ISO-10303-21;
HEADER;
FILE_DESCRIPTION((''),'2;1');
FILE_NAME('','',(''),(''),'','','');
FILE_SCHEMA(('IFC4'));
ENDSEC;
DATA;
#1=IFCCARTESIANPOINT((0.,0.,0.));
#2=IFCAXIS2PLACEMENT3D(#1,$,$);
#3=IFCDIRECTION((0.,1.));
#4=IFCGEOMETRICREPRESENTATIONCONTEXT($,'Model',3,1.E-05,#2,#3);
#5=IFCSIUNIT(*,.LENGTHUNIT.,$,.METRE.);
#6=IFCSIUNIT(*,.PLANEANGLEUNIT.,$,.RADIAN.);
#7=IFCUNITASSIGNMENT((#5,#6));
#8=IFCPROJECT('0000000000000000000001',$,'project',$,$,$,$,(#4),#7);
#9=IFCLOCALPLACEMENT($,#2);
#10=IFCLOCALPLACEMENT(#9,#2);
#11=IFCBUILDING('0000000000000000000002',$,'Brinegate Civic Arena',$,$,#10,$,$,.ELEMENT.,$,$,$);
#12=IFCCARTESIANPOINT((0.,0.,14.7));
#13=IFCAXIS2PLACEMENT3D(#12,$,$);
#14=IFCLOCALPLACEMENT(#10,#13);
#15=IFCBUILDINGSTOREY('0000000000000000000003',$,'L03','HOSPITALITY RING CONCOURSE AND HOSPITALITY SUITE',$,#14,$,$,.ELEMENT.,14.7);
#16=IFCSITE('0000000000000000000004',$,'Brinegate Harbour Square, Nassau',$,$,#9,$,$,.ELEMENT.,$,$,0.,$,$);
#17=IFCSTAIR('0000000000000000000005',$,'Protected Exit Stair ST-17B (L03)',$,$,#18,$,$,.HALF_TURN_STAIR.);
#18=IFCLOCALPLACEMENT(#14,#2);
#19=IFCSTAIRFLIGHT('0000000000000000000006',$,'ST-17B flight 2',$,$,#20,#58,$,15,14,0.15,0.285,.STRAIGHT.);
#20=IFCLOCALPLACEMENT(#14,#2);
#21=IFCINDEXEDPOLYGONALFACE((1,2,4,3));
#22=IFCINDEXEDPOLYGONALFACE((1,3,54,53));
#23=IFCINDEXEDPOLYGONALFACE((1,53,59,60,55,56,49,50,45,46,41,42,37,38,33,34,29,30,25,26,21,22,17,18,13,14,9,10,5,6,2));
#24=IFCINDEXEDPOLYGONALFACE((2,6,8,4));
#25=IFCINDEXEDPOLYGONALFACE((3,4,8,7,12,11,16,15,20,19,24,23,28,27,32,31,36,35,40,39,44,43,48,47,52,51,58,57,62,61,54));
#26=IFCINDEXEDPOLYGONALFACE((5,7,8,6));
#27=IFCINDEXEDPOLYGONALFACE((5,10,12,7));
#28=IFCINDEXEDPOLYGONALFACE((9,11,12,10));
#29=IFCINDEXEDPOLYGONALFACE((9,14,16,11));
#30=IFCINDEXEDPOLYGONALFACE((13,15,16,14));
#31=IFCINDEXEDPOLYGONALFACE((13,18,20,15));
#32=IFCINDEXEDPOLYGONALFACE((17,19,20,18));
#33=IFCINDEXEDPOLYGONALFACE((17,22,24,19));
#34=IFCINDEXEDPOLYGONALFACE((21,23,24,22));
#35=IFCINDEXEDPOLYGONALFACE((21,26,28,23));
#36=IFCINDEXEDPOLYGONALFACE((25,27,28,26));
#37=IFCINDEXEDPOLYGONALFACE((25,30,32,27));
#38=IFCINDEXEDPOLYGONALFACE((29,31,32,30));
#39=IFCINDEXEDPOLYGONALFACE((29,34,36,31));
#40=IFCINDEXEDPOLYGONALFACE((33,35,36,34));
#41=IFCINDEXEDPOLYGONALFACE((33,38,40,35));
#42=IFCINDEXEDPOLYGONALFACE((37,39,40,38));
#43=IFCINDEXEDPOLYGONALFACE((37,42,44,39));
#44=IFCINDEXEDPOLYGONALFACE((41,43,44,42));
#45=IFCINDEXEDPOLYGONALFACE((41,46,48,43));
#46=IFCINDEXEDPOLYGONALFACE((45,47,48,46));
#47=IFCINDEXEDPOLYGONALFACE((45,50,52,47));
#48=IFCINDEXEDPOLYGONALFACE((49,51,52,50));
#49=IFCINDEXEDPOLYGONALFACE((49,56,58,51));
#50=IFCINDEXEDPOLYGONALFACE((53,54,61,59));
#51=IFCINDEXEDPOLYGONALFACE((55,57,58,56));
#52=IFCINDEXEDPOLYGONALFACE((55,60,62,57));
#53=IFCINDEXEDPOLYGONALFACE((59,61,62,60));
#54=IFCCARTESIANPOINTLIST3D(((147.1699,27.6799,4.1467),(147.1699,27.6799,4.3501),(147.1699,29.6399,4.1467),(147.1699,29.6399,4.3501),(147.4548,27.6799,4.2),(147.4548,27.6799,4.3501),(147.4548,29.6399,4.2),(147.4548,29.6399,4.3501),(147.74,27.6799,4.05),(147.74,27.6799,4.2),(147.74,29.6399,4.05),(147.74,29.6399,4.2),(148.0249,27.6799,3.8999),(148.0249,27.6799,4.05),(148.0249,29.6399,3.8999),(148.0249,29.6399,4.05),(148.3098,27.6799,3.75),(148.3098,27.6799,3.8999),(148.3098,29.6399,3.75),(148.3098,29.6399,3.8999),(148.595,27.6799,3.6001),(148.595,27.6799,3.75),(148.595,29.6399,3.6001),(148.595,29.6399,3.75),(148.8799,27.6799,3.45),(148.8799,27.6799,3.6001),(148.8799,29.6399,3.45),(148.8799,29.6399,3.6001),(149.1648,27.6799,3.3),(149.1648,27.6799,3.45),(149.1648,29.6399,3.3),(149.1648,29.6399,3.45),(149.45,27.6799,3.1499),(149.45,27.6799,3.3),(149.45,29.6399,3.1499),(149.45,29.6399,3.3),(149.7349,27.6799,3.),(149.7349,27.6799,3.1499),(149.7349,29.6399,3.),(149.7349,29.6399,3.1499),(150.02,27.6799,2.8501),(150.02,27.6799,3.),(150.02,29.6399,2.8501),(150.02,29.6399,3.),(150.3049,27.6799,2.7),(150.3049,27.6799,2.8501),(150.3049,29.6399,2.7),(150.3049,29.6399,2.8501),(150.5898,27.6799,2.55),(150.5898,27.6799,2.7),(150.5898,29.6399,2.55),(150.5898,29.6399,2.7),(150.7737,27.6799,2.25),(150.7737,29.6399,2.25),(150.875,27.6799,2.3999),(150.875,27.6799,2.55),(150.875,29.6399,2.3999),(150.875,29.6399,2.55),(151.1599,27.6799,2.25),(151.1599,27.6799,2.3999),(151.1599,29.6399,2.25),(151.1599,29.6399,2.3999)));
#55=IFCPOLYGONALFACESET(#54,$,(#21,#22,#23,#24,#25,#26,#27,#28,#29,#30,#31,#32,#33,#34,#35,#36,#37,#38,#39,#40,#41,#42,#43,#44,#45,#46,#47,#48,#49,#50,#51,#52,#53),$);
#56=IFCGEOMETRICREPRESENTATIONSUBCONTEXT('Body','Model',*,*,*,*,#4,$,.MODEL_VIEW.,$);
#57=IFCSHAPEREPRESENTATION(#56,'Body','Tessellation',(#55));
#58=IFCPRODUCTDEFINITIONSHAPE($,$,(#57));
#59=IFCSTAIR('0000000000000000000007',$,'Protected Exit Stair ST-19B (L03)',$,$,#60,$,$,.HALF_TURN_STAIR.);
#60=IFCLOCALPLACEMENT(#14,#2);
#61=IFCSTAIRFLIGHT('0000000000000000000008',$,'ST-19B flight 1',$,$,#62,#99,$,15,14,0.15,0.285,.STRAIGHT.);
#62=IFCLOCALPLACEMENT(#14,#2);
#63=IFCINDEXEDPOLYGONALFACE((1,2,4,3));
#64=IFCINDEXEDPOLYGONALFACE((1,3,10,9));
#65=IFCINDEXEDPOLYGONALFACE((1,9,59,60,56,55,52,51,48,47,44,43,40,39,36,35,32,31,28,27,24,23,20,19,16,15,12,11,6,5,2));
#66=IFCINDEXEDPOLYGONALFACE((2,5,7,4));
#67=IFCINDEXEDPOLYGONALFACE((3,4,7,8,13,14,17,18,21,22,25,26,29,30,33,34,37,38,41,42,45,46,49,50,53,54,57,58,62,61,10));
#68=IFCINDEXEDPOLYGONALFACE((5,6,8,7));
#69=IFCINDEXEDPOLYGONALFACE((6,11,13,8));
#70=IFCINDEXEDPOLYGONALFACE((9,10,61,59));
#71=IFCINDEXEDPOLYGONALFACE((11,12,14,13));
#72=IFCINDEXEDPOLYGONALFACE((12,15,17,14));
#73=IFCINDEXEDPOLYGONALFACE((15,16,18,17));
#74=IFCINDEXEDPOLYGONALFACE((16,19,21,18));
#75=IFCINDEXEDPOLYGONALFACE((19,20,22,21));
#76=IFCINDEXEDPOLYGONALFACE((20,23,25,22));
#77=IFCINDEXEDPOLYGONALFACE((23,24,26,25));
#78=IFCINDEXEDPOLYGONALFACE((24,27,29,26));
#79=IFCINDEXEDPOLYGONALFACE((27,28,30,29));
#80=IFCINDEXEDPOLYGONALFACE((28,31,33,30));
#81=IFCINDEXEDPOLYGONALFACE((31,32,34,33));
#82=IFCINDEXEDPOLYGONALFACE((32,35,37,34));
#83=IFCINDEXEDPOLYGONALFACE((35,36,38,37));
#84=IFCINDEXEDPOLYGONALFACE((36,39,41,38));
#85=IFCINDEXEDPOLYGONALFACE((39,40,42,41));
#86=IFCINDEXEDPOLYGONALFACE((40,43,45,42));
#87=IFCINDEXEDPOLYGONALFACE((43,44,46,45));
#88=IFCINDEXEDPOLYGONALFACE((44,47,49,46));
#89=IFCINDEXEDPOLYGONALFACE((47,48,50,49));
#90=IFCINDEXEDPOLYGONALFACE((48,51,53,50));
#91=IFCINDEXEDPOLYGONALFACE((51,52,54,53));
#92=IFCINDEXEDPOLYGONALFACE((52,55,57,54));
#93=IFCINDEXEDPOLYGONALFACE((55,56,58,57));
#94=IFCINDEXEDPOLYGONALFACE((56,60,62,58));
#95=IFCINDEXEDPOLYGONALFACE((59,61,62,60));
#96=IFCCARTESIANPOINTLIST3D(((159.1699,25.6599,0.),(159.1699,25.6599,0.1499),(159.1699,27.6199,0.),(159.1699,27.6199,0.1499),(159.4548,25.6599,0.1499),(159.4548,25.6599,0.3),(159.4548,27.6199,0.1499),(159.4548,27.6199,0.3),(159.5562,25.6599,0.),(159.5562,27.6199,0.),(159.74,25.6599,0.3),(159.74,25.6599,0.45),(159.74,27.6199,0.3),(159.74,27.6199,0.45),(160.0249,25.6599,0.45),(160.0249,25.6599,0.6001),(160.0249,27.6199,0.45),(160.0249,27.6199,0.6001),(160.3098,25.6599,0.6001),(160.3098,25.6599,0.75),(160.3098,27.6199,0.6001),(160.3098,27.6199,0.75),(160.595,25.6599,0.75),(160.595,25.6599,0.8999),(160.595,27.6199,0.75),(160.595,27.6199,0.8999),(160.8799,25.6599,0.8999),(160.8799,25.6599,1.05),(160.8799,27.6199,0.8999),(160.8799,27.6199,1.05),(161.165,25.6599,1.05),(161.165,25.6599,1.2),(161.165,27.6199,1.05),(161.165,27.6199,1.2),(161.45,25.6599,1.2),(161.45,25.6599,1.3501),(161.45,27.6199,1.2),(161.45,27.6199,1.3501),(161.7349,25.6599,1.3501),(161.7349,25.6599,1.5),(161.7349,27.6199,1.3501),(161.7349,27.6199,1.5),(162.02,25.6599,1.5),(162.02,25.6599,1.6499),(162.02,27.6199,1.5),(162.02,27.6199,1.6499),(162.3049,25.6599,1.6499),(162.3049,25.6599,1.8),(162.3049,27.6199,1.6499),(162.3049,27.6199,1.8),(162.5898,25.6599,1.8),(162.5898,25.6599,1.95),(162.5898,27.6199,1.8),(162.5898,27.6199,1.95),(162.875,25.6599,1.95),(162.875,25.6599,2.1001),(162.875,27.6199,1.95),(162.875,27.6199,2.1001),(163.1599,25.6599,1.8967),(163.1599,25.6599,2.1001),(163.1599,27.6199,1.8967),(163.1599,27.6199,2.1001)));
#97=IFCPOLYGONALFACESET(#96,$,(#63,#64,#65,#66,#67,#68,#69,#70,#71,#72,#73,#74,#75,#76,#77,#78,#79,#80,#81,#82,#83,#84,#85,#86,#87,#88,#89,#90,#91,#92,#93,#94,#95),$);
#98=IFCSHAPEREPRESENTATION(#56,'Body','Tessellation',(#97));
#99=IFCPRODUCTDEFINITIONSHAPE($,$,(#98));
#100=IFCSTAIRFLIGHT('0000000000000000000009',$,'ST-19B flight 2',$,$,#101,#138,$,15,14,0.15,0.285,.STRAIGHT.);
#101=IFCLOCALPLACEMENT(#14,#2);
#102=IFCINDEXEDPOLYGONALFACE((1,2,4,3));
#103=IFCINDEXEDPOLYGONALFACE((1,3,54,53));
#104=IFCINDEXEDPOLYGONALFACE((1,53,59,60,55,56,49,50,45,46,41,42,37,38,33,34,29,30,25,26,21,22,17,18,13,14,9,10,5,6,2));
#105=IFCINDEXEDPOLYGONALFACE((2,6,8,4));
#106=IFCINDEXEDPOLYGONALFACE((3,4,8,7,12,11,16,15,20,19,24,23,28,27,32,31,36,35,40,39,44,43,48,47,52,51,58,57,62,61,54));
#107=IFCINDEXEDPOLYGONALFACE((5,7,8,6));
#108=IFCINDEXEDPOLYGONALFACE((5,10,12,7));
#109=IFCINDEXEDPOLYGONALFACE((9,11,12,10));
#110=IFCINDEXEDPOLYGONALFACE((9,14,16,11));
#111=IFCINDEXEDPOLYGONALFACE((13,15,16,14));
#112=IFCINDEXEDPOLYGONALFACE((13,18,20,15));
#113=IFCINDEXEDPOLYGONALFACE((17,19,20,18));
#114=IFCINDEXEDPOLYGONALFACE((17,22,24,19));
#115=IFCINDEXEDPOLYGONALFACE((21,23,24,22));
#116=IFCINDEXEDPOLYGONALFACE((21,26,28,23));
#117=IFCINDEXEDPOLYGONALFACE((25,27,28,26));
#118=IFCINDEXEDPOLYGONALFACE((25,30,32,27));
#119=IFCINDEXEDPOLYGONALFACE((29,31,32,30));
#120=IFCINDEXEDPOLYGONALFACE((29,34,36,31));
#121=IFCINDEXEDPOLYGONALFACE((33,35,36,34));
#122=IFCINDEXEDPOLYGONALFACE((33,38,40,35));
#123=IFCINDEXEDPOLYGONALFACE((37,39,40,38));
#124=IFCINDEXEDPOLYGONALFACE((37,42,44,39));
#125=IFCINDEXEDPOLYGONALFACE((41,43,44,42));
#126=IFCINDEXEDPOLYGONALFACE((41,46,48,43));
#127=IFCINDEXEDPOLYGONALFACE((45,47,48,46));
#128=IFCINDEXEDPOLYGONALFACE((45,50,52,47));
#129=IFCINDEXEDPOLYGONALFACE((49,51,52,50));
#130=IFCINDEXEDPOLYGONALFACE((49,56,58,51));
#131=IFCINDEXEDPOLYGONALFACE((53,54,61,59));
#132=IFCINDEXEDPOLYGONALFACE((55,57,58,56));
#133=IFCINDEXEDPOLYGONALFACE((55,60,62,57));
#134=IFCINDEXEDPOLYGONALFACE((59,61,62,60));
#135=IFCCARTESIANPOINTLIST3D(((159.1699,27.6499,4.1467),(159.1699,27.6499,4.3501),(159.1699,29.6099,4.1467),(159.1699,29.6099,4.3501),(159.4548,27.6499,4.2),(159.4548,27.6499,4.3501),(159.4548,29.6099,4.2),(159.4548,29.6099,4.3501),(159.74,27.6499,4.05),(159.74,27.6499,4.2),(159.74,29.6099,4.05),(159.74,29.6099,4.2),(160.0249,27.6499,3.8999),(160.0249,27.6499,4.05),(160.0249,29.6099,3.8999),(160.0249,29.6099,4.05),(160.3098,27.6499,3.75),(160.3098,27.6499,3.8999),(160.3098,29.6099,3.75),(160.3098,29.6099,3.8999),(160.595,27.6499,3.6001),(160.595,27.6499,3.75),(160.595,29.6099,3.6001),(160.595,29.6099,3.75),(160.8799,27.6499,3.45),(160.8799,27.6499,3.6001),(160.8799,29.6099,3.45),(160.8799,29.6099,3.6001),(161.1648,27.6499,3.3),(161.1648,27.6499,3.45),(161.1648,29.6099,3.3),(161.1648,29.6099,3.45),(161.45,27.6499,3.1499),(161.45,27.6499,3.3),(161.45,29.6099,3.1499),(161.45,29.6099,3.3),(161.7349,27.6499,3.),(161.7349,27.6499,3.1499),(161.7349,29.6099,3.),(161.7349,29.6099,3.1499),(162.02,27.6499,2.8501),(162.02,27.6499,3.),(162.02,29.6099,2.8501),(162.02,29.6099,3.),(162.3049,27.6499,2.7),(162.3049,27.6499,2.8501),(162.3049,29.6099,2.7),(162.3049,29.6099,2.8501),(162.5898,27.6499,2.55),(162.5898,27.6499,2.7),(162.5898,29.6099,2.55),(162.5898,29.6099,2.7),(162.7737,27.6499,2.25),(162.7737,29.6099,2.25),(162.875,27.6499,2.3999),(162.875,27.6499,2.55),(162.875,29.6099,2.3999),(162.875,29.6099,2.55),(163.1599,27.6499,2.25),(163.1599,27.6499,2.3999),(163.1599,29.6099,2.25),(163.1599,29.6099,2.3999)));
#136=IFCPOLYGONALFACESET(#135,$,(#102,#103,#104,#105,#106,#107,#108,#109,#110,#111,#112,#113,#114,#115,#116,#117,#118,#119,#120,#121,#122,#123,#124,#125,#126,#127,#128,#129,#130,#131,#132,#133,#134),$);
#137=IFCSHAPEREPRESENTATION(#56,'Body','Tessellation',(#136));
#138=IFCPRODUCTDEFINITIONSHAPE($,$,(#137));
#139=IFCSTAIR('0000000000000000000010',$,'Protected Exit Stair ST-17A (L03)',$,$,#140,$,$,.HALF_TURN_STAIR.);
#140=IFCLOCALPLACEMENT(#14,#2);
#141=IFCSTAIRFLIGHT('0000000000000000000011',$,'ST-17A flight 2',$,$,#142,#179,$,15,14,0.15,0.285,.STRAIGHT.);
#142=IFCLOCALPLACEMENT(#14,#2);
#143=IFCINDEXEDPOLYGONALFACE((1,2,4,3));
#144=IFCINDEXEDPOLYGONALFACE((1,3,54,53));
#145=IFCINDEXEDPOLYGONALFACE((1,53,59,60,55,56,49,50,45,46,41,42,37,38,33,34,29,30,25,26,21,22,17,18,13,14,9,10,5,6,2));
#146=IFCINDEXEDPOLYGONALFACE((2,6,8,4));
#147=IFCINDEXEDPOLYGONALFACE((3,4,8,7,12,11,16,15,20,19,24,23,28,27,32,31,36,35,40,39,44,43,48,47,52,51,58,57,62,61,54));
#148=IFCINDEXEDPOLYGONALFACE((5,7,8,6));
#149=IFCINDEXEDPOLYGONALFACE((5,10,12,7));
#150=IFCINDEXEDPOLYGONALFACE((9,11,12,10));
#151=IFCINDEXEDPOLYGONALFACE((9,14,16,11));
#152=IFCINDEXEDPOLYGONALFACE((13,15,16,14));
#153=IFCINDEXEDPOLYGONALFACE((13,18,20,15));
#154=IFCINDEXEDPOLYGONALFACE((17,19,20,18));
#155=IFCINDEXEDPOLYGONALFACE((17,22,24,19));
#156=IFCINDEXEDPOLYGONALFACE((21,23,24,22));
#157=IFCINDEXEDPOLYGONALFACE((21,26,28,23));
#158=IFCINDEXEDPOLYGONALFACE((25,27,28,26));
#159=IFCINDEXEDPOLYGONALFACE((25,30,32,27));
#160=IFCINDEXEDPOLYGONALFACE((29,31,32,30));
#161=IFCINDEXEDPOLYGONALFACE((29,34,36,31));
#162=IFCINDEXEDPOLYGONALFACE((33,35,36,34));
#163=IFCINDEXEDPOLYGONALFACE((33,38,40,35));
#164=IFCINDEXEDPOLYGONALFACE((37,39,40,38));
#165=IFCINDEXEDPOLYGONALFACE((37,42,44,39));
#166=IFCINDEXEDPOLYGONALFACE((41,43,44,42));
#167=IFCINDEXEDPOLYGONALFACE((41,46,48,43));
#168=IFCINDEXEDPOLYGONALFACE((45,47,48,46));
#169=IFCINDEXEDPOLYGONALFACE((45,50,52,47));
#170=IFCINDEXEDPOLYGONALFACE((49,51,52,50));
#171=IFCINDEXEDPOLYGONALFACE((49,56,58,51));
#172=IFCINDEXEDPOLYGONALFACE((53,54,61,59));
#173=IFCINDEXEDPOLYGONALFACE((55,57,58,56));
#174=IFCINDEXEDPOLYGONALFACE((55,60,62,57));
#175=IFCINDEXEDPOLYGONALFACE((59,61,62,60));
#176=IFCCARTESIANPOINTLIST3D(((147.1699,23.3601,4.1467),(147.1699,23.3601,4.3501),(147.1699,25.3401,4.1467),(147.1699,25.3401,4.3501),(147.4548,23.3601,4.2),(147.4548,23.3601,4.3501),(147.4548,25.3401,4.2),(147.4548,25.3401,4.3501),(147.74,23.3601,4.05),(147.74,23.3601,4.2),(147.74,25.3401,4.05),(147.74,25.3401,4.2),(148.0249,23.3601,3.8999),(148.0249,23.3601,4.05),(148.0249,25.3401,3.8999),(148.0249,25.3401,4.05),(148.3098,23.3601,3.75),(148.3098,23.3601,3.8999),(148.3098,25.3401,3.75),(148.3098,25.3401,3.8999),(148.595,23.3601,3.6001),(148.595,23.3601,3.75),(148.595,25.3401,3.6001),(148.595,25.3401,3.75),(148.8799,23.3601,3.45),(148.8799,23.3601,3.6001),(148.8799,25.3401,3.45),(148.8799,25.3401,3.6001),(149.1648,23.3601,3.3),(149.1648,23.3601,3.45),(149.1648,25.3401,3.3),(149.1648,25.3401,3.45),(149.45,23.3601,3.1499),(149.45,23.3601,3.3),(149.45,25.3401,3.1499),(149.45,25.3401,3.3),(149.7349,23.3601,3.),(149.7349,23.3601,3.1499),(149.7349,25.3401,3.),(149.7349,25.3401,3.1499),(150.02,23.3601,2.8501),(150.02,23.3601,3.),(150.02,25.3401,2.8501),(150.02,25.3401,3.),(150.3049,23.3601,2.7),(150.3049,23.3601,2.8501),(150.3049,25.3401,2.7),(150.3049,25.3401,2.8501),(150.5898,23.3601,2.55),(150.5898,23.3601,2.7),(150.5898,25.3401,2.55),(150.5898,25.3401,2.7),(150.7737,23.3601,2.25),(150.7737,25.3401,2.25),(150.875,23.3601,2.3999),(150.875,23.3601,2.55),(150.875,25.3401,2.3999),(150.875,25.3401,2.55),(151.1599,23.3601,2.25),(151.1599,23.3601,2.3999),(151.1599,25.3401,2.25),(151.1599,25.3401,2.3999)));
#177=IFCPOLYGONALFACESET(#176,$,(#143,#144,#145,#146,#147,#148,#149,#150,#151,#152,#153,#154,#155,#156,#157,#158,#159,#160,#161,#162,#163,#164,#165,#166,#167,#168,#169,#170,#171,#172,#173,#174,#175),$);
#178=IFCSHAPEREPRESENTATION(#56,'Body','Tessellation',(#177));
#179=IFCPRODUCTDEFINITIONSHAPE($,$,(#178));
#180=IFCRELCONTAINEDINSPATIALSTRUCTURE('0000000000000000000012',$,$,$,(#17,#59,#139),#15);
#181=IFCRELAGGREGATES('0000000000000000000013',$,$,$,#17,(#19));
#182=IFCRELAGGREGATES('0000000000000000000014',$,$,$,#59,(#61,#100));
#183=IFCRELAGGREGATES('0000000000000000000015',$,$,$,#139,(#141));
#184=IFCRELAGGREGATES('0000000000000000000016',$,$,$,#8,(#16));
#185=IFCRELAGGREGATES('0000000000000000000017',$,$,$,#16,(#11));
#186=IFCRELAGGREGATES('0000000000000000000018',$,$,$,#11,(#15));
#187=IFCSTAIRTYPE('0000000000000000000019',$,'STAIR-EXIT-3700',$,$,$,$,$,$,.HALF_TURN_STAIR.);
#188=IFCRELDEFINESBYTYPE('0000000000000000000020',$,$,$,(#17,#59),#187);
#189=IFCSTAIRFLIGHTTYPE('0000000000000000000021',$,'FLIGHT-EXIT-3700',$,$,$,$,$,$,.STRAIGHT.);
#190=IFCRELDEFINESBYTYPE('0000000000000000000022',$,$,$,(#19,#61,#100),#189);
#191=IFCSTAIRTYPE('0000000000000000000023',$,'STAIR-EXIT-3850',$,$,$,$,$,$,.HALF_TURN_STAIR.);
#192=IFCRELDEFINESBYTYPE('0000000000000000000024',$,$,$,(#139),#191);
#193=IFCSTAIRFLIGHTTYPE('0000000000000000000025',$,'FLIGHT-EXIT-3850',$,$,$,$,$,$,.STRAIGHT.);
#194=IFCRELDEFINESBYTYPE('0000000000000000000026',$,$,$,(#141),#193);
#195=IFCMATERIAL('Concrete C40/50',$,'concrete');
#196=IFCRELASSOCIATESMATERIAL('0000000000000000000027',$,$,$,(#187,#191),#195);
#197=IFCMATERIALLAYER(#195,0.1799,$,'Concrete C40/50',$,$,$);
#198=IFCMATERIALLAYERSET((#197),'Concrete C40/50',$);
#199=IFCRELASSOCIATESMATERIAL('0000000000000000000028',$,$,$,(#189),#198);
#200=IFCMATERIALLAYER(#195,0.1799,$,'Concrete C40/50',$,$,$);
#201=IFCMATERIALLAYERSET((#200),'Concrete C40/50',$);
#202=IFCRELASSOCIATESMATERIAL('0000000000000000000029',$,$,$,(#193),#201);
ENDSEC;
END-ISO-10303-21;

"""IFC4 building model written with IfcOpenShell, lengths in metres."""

from ifc_helpers import new_model, si_unit, direction, frame, origin, place, context, subcontext, project, spatial, polyline, outline, extrude, material, layer, layer_set, type_object, element, aggregate, save


model = new_model("IFC4")

# Units and contexts
model_context = context("Model", 3, precision=1e-05, world=origin(), true_north=direction((0.0, 1.0)))
body_context = subcontext(model_context, "Body", "Model", "MODEL_VIEW")
ifc_project = project(units=[si_unit("LENGTHUNIT", "METRE"), si_unit("PLANEANGLEUNIT", "RADIAN")], contexts=[model_context])

# Site, building, storey
site_placement = place(None, origin())
site = spatial("IfcSite", under=ifc_project, at=site_placement, Name="Brinegate Harbour Square, Nassau", CompositionType="ELEMENT", RefElevation=0.0)
building_placement = place(site_placement, origin())
building = spatial("IfcBuilding", under=site, at=building_placement, Name="Brinegate Civic Arena", CompositionType="ELEMENT")
storey_placement = place(building_placement, frame((0.0, 0.0, 14.7)))
storey = spatial("IfcBuildingStorey", under=building, at=storey_placement, Name="L03", Description="HOSPITALITY RING CONCOURSE AND HOSPITALITY SUITE", CompositionType="ELEMENT", Elevation=14.7)

# Stair, stair flight
ifc_material_1 = material(Name="Concrete C40/50", Category="concrete")
stair_type_1 = type_object("IfcStairType", Name="STAIR-EXIT-3700", PredefinedType="HALF_TURN_STAIR", material=ifc_material_1)
stair_1_placement = place(storey_placement, origin())
stair_1 = element("IfcStair", 1, at=stair_1_placement, inside=storey, type_object=stair_type_1, Name="Protected Exit Stair ST-17B (L03)", PredefinedType="HALF_TURN_STAIR")
ifc_layer_1 = layer(ifc_material_1, 0.1799, Name="Concrete C40/50")
ifc_layer_set_1 = layer_set([ifc_layer_1], Name="Concrete C40/50")
stair_flight_type_1 = type_object("IfcStairFlightType", Name="FLIGHT-EXIT-3700", PredefinedType="STRAIGHT", material=ifc_layer_set_1)
stair_flight_1_placement = place(storey_placement, frame((151.1599, 28.6599, 2.25), z_axis=(0.0, 0.0, 1.0), x_axis=(-1.0, 0.0, 0.0)))
stair_flight_1 = element("IfcStairFlight", 2, at=stair_flight_1_placement, type_object=stair_flight_type_1, Name="ST-17B flight 2", NumberOfRisers=15, NumberOfTreads=14, PredefinedType="STRAIGHT", RiserHeight=0.15, TreadLength=0.285, context=body_context, shape_type="SweptSolid", body=[
    extrude(outline(polyline([(0.0, 0.0), (0.0, 0.1499), (0.2849, 0.1499), (0.2849, 0.3), (0.5701, 0.3), (0.5701, 0.45), (0.855, 0.45), (0.855, 0.6001), (1.1399, 0.6001), (1.1399, 0.75), (1.425, 0.75), (1.425, 0.8999), (1.71, 0.8999), (1.71, 1.05), (1.9951, 1.05), (1.9951, 1.2), (2.28, 1.2), (2.28, 1.3501), (2.5649, 1.3501), (2.5649, 1.5), (2.8501, 1.5), (2.8501, 1.6499), (3.135, 1.6499), (3.135, 1.8), (3.4199, 1.8), (3.4199, 1.95), (3.7051, 1.95), (3.7051, 2.1001), (3.99, 2.1001), (3.99, 2.25), (3.99, 1.8967), (0.3862, 0.0), (0.0, 0.0)])), frame((0.0, 0.98, 0.0), z_axis=(0.0, -1.0, 0.0), x_axis=(1.0, 0.0, 0.0)), (0.0, 0.0, 1.0), 1.96),
])
aggregate(stair_1, [stair_flight_1])

# Stair, stair flights
stair_2_placement = place(storey_placement, origin())
stair_2 = element("IfcStair", 3, at=stair_2_placement, inside=storey, type_object=stair_type_1, Name="Protected Exit Stair ST-19B (L03)", PredefinedType="HALF_TURN_STAIR")
stair_flight_2_placement = place(storey_placement, frame((159.1699, 26.6399, 0.0), z_axis=(0.0, 0.0, 1.0), x_axis=(1.0, 0.0, 0.0)))
stair_flight_2 = element("IfcStairFlight", 4, at=stair_flight_2_placement, type_object=stair_flight_type_1, Name="ST-19B flight 1", NumberOfRisers=15, NumberOfTreads=14, PredefinedType="STRAIGHT", RiserHeight=0.15, TreadLength=0.285, context=body_context, shape_type="SweptSolid", body=[
    extrude(outline(polyline([(0.0, 0.0), (0.0, 0.1499), (0.2849, 0.1499), (0.2849, 0.3), (0.5701, 0.3), (0.5701, 0.45), (0.855, 0.45), (0.855, 0.6001), (1.1399, 0.6001), (1.1399, 0.75), (1.425, 0.75), (1.425, 0.8999), (1.71, 0.8999), (1.71, 1.05), (1.9951, 1.05), (1.9951, 1.2), (2.28, 1.2), (2.28, 1.3501), (2.5649, 1.3501), (2.5649, 1.5), (2.8501, 1.5), (2.8501, 1.6499), (3.135, 1.6499), (3.135, 1.8), (3.4199, 1.8), (3.4199, 1.95), (3.7051, 1.95), (3.7051, 2.1001), (3.99, 2.1001), (3.99, 2.25), (3.99, 1.8967), (0.3862, 0.0), (0.0, 0.0)])), frame((0.0, 0.98, 0.0), z_axis=(0.0, -1.0, 0.0), x_axis=(1.0, 0.0, 0.0)), (0.0, 0.0, 1.0), 1.96),
])
stair_flight_3_placement = place(storey_placement, frame((163.1599, 28.6299, 2.25), z_axis=(0.0, 0.0, 1.0), x_axis=(-1.0, 0.0, 0.0)))
stair_flight_3 = element("IfcStairFlight", 5, at=stair_flight_3_placement, type_object=stair_flight_type_1, Name="ST-19B flight 2", NumberOfRisers=15, NumberOfTreads=14, PredefinedType="STRAIGHT", RiserHeight=0.15, TreadLength=0.285, context=body_context, shape_type="SweptSolid", body=[
    extrude(outline(polyline([(0.0, 0.0), (0.0, 0.1499), (0.2849, 0.1499), (0.2849, 0.3), (0.5701, 0.3), (0.5701, 0.45), (0.855, 0.45), (0.855, 0.6001), (1.1399, 0.6001), (1.1399, 0.75), (1.425, 0.75), (1.425, 0.8999), (1.71, 0.8999), (1.71, 1.05), (1.9951, 1.05), (1.9951, 1.2), (2.28, 1.2), (2.28, 1.3501), (2.5649, 1.3501), (2.5649, 1.5), (2.8501, 1.5), (2.8501, 1.6499), (3.135, 1.6499), (3.135, 1.8), (3.4199, 1.8), (3.4199, 1.95), (3.7051, 1.95), (3.7051, 2.1001), (3.99, 2.1001), (3.99, 2.25), (3.99, 1.8967), (0.3862, 0.0), (0.0, 0.0)])), frame((0.0, 0.98, 0.0), z_axis=(0.0, -1.0, 0.0), x_axis=(1.0, 0.0, 0.0)), (0.0, 0.0, 1.0), 1.96),
])
aggregate(stair_2, [stair_flight_2, stair_flight_3])

# Stair, stair flight
stair_type_2 = type_object("IfcStairType", Name="STAIR-EXIT-3850", PredefinedType="HALF_TURN_STAIR", material=ifc_material_1)
stair_3_placement = place(storey_placement, origin())
stair_3 = element("IfcStair", 6, at=stair_3_placement, inside=storey, type_object=stair_type_2, Name="Protected Exit Stair ST-17A (L03)", PredefinedType="HALF_TURN_STAIR")
ifc_layer_2 = layer(ifc_material_1, 0.1799, Name="Concrete C40/50")
ifc_layer_set_2 = layer_set([ifc_layer_2], Name="Concrete C40/50")
stair_flight_type_2 = type_object("IfcStairFlightType", Name="FLIGHT-EXIT-3850", PredefinedType="STRAIGHT", material=ifc_layer_set_2)
stair_flight_4_placement = place(storey_placement, frame((151.1599, 24.3501, 2.25), z_axis=(0.0, 0.0, 1.0), x_axis=(-1.0, 0.0, 0.0)))
stair_flight_4 = element("IfcStairFlight", 7, at=stair_flight_4_placement, type_object=stair_flight_type_2, Name="ST-17A flight 2", NumberOfRisers=15, NumberOfTreads=14, PredefinedType="STRAIGHT", RiserHeight=0.15, TreadLength=0.285, context=body_context, shape_type="SweptSolid", body=[
    extrude(outline(polyline([(0.0, 0.0), (0.0, 0.1499), (0.2849, 0.1499), (0.2849, 0.3), (0.5701, 0.3), (0.5701, 0.45), (0.855, 0.45), (0.855, 0.6001), (1.1399, 0.6001), (1.1399, 0.75), (1.425, 0.75), (1.425, 0.8999), (1.71, 0.8999), (1.71, 1.05), (1.9951, 1.05), (1.9951, 1.2), (2.28, 1.2), (2.28, 1.3501), (2.5649, 1.3501), (2.5649, 1.5), (2.8501, 1.5), (2.8501, 1.6499), (3.135, 1.6499), (3.135, 1.8), (3.4199, 1.8), (3.4199, 1.95), (3.7051, 1.95), (3.7051, 2.1001), (3.99, 2.1001), (3.99, 2.25), (3.99, 1.8967), (0.3862, 0.0), (0.0, 0.0)])), frame((0.0, 0.99, 0.0), z_axis=(0.0, -1.0, 0.0), x_axis=(1.0, 0.0, 0.0)), (0.0, 0.0, 1.0), 1.98),
])
aggregate(stair_3, [stair_flight_4])

save(model, "model.ifc")
